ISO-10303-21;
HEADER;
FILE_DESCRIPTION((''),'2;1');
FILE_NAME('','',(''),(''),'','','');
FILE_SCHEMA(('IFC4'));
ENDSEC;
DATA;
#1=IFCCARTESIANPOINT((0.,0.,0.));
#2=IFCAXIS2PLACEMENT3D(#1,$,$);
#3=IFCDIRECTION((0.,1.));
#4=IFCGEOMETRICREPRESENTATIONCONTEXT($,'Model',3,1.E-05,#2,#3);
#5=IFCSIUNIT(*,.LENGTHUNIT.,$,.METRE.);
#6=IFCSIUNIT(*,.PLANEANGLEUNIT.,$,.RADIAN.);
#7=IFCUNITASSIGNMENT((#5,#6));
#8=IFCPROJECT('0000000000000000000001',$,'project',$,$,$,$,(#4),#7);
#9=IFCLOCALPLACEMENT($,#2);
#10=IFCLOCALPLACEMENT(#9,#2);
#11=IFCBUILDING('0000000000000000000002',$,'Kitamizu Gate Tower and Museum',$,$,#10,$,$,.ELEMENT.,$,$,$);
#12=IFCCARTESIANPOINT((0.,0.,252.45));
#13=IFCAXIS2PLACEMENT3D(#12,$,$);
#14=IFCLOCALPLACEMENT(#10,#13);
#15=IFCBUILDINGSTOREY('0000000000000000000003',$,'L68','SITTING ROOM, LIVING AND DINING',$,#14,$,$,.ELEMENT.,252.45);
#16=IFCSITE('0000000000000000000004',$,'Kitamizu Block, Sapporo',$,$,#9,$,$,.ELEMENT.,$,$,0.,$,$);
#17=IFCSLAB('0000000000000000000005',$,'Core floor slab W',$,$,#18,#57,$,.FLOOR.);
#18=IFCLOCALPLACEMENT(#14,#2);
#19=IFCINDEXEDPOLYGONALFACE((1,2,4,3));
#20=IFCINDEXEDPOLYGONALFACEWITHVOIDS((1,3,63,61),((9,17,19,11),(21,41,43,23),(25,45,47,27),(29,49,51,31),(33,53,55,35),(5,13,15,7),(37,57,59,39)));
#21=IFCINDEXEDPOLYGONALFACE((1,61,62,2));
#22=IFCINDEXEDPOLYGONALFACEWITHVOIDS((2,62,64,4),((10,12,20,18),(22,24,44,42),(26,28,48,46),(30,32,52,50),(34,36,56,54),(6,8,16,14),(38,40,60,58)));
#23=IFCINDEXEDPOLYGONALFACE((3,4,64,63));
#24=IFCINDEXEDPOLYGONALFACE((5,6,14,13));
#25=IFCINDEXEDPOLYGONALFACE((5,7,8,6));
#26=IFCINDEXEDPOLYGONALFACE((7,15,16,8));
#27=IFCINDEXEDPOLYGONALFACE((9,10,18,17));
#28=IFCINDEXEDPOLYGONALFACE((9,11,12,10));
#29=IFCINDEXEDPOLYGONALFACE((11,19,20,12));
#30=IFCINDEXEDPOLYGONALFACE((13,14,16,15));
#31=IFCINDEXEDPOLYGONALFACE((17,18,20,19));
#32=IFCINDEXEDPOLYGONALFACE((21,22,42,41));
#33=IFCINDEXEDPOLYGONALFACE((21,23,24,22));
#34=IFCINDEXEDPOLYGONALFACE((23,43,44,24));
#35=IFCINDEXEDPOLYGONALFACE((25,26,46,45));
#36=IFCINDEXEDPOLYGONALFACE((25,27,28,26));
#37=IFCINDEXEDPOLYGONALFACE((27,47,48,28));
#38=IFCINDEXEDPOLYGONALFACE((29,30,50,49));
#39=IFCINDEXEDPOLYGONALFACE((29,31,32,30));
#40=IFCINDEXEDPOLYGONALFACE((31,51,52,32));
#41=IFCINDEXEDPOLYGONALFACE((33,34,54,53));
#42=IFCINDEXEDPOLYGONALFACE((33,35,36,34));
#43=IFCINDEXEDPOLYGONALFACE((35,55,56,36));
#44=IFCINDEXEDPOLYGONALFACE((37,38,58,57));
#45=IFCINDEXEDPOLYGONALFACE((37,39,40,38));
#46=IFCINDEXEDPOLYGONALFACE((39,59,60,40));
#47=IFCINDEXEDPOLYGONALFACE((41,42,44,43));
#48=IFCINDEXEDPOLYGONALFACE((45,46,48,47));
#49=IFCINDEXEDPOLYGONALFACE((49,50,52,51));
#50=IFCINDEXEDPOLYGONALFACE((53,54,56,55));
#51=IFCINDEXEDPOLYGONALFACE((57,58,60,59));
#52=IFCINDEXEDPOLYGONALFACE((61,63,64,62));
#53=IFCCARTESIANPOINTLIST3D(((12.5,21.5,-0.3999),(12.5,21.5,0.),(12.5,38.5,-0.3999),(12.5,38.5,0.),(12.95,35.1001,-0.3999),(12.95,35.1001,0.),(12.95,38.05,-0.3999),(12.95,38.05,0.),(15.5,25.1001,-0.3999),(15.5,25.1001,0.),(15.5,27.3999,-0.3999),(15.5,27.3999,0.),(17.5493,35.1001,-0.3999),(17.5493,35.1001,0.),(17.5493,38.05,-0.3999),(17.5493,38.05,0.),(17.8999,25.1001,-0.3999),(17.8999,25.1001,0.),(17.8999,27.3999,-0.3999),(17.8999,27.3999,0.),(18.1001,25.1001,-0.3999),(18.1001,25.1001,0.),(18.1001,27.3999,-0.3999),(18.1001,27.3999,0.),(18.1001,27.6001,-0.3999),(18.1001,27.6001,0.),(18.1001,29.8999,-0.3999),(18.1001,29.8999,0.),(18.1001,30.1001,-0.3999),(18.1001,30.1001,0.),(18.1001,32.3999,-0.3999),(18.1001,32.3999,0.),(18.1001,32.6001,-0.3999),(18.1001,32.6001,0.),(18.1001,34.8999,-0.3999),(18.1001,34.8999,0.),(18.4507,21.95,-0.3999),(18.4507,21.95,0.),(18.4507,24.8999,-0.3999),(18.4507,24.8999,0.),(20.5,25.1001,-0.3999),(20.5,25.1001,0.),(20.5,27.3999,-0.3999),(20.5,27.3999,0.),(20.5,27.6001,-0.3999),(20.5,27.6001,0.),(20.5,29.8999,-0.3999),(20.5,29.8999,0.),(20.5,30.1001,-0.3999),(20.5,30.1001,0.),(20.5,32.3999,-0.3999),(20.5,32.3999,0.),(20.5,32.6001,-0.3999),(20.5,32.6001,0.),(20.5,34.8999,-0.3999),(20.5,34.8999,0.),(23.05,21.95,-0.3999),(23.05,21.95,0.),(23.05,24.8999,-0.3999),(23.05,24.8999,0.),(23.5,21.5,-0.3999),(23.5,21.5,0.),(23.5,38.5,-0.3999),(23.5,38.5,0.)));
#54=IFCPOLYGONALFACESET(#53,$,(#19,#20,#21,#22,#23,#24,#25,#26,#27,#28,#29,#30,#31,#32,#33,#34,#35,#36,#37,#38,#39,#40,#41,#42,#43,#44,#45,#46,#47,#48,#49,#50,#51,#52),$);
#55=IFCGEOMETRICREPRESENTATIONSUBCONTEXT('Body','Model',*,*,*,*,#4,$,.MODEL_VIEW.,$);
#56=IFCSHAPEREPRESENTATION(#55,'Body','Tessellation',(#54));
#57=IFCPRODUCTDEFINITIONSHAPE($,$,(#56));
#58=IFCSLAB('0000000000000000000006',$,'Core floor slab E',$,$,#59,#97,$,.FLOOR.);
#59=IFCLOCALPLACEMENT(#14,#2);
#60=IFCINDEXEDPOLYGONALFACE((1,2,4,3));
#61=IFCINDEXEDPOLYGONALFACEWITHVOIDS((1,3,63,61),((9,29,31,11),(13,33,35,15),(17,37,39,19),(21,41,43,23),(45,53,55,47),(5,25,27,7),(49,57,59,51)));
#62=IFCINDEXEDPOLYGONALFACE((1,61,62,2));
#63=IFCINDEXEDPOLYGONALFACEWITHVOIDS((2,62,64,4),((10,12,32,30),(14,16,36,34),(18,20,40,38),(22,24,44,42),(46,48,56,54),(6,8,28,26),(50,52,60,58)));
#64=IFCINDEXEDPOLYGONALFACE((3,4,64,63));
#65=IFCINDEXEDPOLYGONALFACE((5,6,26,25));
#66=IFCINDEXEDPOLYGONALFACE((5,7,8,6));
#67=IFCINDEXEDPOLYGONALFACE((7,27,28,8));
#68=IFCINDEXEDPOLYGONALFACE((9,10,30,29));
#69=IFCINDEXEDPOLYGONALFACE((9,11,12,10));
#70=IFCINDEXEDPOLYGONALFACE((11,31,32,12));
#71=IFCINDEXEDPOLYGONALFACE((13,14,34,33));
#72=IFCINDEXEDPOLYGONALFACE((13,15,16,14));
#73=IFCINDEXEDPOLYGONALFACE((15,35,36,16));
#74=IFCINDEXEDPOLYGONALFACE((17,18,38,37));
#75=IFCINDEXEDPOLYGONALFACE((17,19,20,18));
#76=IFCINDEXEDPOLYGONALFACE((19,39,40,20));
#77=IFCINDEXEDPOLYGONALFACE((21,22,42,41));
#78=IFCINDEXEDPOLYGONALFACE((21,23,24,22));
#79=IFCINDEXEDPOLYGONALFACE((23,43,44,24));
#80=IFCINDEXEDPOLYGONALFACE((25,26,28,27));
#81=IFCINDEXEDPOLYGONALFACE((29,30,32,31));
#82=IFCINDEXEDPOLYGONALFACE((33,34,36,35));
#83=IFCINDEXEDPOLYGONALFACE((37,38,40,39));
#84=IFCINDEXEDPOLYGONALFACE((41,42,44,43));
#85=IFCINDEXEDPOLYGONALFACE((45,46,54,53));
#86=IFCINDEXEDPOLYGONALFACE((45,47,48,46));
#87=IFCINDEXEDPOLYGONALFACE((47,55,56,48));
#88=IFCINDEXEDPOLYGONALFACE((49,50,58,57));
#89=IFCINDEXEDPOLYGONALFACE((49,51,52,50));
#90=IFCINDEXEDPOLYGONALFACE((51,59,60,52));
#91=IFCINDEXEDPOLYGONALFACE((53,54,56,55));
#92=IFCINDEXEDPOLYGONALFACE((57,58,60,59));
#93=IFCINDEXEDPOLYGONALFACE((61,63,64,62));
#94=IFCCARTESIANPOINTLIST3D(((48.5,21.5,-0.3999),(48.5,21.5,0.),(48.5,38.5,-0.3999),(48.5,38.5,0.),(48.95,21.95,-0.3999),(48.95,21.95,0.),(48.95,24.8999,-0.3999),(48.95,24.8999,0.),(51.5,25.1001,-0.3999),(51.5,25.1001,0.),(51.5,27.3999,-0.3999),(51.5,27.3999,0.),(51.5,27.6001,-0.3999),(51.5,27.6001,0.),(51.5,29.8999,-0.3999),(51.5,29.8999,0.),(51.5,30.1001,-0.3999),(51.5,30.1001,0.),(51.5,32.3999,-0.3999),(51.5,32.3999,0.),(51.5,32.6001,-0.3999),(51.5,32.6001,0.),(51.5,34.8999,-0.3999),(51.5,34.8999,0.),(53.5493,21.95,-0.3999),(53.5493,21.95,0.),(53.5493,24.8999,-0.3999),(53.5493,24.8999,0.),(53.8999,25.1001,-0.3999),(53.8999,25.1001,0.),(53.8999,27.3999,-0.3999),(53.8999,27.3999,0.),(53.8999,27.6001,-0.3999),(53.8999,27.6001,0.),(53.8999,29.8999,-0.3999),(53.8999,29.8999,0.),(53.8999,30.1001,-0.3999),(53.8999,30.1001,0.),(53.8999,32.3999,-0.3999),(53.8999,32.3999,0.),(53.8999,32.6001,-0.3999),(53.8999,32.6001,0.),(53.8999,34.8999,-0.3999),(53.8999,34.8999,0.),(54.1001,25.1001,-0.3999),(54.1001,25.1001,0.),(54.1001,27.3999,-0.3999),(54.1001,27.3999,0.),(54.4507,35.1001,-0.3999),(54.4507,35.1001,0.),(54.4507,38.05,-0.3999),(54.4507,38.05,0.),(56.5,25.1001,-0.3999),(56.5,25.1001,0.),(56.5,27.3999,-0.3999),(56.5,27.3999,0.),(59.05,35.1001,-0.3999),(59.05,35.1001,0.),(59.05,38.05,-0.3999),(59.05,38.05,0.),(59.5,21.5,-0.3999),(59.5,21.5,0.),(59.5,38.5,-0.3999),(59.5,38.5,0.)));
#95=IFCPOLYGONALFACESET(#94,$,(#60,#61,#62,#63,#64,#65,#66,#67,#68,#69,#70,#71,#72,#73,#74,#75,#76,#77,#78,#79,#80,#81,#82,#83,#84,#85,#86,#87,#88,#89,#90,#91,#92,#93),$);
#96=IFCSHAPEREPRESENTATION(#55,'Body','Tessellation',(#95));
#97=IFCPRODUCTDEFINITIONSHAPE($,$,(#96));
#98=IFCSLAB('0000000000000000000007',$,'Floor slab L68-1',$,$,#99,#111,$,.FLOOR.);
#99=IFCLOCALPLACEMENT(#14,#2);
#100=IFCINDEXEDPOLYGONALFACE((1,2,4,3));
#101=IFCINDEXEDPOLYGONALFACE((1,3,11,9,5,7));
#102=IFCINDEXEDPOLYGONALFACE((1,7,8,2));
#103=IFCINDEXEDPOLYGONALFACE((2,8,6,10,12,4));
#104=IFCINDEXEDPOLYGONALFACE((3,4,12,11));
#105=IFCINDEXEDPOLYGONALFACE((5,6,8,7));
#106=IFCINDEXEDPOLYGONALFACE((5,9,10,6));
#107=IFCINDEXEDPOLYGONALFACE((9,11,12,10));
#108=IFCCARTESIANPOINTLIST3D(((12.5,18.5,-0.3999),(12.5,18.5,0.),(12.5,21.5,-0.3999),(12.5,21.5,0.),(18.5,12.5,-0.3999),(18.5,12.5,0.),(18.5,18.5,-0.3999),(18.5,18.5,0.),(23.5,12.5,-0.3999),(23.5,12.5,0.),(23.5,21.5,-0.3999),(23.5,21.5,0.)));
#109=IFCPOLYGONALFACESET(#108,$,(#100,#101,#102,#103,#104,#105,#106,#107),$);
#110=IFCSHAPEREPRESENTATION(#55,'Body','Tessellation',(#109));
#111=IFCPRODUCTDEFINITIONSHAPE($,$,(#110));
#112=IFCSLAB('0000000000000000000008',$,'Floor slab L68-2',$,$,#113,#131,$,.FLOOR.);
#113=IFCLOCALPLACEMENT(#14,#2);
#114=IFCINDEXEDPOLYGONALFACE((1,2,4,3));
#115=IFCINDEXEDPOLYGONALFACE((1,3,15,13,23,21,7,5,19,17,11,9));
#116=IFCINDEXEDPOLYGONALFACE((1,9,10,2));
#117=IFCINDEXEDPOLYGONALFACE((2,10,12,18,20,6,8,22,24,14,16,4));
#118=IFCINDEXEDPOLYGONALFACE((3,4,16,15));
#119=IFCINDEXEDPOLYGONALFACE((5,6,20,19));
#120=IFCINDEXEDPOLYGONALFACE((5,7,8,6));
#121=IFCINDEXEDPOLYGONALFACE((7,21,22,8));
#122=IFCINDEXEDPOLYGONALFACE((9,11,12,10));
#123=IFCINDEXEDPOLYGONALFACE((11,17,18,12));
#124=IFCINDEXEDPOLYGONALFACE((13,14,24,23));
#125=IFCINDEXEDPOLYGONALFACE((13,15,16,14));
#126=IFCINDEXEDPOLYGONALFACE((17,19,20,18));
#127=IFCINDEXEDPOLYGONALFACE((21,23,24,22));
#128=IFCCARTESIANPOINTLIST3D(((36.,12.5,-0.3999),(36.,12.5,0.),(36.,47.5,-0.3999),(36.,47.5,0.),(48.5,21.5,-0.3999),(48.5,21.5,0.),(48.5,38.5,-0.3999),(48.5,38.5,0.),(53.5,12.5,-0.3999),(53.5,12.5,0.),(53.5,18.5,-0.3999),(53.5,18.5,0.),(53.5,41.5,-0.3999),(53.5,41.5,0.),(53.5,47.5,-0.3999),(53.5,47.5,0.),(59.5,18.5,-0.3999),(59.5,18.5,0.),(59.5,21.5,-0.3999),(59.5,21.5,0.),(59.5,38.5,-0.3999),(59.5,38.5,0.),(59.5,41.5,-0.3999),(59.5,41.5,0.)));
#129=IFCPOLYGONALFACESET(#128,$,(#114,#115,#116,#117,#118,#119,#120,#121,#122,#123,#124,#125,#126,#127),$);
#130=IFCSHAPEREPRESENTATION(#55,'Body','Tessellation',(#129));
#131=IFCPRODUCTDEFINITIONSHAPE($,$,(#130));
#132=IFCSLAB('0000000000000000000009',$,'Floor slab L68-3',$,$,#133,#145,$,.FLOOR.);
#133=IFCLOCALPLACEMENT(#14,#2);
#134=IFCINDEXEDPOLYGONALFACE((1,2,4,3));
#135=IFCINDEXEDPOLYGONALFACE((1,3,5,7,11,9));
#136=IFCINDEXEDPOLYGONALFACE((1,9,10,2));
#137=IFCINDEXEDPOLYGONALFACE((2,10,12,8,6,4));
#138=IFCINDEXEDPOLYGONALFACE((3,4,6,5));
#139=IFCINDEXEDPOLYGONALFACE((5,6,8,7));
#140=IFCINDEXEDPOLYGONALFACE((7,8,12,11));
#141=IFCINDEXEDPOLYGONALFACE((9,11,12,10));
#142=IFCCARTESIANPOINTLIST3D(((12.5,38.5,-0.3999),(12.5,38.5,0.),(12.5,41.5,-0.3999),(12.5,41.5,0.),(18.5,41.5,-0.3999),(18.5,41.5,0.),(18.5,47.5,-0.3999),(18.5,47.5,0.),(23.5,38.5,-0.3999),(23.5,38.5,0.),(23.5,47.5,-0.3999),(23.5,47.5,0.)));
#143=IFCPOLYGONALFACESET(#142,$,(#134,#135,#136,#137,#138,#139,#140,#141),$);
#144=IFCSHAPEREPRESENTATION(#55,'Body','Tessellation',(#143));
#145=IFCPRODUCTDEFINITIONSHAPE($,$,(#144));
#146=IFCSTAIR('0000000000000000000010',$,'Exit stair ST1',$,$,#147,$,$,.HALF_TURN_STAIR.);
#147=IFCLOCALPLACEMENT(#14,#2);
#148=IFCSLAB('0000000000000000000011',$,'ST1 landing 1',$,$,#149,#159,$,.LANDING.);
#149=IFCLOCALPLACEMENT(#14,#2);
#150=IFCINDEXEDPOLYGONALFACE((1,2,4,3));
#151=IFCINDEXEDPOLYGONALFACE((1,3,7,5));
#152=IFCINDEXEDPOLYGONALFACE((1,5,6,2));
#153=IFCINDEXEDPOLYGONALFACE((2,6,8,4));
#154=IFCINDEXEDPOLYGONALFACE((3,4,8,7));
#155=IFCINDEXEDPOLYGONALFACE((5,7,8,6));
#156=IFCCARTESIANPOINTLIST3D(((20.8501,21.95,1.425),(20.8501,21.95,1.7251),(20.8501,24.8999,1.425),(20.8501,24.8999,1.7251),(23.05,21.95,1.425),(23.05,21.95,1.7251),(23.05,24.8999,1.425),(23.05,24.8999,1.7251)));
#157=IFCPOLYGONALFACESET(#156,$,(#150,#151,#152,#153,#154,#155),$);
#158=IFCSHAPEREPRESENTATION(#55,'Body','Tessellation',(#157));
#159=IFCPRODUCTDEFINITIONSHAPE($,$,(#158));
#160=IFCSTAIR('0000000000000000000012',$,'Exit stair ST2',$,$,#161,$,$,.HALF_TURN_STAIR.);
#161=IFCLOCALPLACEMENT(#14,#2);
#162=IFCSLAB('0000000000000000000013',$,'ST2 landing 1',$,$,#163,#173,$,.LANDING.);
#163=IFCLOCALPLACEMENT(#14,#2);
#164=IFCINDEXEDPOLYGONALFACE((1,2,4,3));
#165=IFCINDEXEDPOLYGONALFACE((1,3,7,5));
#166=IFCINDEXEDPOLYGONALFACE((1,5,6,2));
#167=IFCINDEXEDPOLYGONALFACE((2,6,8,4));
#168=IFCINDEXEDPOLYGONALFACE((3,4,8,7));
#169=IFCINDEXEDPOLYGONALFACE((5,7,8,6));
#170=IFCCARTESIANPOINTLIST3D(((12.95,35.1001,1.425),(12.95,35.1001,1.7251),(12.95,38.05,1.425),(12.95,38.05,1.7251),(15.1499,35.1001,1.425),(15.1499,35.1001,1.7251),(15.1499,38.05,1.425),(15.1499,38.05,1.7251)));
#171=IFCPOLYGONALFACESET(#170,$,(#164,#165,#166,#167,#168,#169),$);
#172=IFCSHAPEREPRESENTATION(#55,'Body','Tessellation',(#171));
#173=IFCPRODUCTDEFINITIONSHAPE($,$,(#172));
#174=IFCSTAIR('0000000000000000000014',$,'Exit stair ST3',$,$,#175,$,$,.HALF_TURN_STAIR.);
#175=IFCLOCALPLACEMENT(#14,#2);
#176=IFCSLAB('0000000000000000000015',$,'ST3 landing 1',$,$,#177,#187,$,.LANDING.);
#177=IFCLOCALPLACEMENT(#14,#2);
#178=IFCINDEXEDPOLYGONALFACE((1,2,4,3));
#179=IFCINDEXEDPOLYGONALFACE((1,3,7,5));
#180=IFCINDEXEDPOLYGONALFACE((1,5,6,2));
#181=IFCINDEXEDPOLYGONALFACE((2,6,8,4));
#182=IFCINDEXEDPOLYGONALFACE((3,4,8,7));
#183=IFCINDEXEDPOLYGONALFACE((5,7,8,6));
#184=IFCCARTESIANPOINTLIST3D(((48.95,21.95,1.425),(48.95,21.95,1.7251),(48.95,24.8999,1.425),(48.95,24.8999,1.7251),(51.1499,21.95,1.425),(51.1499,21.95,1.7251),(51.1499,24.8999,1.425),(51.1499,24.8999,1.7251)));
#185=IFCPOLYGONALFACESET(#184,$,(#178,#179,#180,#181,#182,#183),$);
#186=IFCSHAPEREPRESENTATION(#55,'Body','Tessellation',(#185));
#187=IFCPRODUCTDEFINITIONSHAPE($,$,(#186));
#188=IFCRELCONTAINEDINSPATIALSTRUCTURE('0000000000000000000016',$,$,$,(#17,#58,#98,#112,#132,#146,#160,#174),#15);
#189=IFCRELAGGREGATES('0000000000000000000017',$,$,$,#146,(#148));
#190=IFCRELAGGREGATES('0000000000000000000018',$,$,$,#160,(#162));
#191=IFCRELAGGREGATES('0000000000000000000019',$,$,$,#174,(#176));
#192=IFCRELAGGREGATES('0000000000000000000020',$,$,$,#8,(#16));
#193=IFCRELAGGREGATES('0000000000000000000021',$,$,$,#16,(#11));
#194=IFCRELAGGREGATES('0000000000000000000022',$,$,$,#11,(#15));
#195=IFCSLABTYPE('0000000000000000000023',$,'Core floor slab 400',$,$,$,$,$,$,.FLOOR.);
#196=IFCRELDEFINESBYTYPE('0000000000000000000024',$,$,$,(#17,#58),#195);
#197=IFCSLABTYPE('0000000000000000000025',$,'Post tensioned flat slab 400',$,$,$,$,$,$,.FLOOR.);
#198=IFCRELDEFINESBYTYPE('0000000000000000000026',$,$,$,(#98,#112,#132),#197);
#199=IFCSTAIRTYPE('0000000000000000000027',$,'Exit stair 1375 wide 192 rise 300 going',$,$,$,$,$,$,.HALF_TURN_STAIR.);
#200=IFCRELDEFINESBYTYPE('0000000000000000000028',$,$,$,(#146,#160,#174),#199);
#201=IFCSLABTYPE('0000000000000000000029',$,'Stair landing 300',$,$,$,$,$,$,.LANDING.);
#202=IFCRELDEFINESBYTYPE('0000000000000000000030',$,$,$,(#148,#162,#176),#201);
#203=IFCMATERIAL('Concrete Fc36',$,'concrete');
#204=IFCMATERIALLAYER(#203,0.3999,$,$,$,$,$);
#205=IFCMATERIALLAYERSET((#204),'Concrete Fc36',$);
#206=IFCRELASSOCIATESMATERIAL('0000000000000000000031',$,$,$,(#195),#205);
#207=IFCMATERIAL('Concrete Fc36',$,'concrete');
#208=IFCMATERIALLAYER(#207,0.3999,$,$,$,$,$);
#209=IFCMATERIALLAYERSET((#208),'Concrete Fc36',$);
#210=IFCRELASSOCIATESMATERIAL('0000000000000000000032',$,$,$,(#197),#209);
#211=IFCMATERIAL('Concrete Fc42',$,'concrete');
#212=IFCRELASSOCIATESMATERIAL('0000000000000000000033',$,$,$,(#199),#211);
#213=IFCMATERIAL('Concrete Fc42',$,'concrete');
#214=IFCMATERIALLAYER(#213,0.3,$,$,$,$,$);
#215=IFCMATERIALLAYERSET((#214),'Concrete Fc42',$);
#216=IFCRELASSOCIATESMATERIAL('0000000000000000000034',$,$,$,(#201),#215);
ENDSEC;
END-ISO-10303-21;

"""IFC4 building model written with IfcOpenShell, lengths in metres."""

from ifc_helpers import new_model, si_unit, direction, frame, origin, place, context, subcontext, project, spatial, polyline, outline, extrude, material, layer, layer_set, type_object, element, aggregate, save


model = new_model("IFC4")

# Units and contexts
model_context = context("Model", 3, precision=1e-05, world=origin(), true_north=direction((0.0, 1.0)))
body_context = subcontext(model_context, "Body", "Model", "MODEL_VIEW")
ifc_project = project(units=[si_unit("LENGTHUNIT", "METRE"), si_unit("PLANEANGLEUNIT", "RADIAN")], contexts=[model_context])

# Site, building, storey
site_placement = place(None, origin())
site = spatial("IfcSite", under=ifc_project, at=site_placement, Name="Kitamizu Block, Sapporo", CompositionType="ELEMENT", RefElevation=0.0)
building_placement = place(site_placement, origin())
building = spatial("IfcBuilding", under=site, at=building_placement, Name="Kitamizu Gate Tower and Museum", CompositionType="ELEMENT")
storey_placement = place(building_placement, frame((0.0, 0.0, 252.45)))
storey = spatial("IfcBuildingStorey", under=building, at=storey_placement, Name="L68", Description="SITTING ROOM, LIVING AND DINING", CompositionType="ELEMENT", Elevation=252.45)

# Slabs
ifc_material_1 = material(Name="Concrete Fc36", Category="concrete")
ifc_layer_1 = layer(ifc_material_1, 0.3999)
ifc_layer_set_1 = layer_set([ifc_layer_1], Name="Concrete Fc36")
slab_type_1 = type_object("IfcSlabType", Name="Core floor slab 400", PredefinedType="FLOOR", material=ifc_layer_set_1)
slab_1_placement = place(storey_placement, frame((0.0, 0.0, -0.3999)))
element("IfcSlab", 1, at=slab_1_placement, inside=storey, type_object=slab_type_1, Name="Core floor slab W", PredefinedType="FLOOR", context=body_context, shape_type="SweptSolid", body=[
    extrude(outline(polyline([(12.5, 21.5), (23.5, 21.5), (23.5, 38.5), (12.5, 38.5), (12.5, 21.5)]), holes=[polyline([(15.5, 25.1001), (17.8999, 25.1001), (17.8999, 27.3999), (15.5, 27.3999), (15.5, 25.1001)]), polyline([(18.1001, 25.1001), (20.5, 25.1001), (20.5, 27.3999), (18.1001, 27.3999), (18.1001, 25.1001)]), polyline([(18.1001, 27.6001), (20.5, 27.6001), (20.5, 29.8999), (18.1001, 29.8999), (18.1001, 27.6001)]), polyline([(18.1001, 30.1001), (20.5, 30.1001), (20.5, 32.3999), (18.1001, 32.3999), (18.1001, 30.1001)]), polyline([(18.1001, 32.6001), (20.5, 32.6001), (20.5, 34.8999), (18.1001, 34.8999), (18.1001, 32.6001)]), polyline([(18.4507, 21.95), (23.05, 21.95), (23.05, 24.8999), (18.4507, 24.8999), (18.4507, 21.95)]), polyline([(12.95, 35.1001), (17.5493, 35.1001), (17.5493, 38.05), (12.95, 38.05), (12.95, 35.1001)])]), origin(), (0.0, 0.0, 1.0), 0.3999),
])
slab_2_placement = place(storey_placement, frame((0.0, 0.0, -0.3999)))
element("IfcSlab", 2, at=slab_2_placement, inside=storey, type_object=slab_type_1, Name="Core floor slab E", PredefinedType="FLOOR", context=body_context, shape_type="SweptSolid", body=[
    extrude(outline(polyline([(48.5, 21.5), (59.5, 21.5), (59.5, 38.5), (48.5, 38.5), (48.5, 21.5)]), holes=[polyline([(54.1001, 25.1001), (56.5, 25.1001), (56.5, 27.3999), (54.1001, 27.3999), (54.1001, 25.1001)]), polyline([(51.5, 25.1001), (53.8999, 25.1001), (53.8999, 27.3999), (51.5, 27.3999), (51.5, 25.1001)]), polyline([(51.5, 27.6001), (53.8999, 27.6001), (53.8999, 29.8999), (51.5, 29.8999), (51.5, 27.6001)]), polyline([(51.5, 30.1001), (53.8999, 30.1001), (53.8999, 32.3999), (51.5, 32.3999), (51.5, 30.1001)]), polyline([(51.5, 32.6001), (53.8999, 32.6001), (53.8999, 34.8999), (51.5, 34.8999), (51.5, 32.6001)]), polyline([(48.95, 21.95), (53.5493, 21.95), (53.5493, 24.8999), (48.95, 24.8999), (48.95, 21.95)]), polyline([(54.4507, 35.1001), (59.05, 35.1001), (59.05, 38.05), (54.4507, 38.05), (54.4507, 35.1001)])]), origin(), (0.0, 0.0, 1.0), 0.3999),
])
ifc_material_2 = material(Name="Concrete Fc36", Category="concrete")
ifc_layer_2 = layer(ifc_material_2, 0.3999)
ifc_layer_set_2 = layer_set([ifc_layer_2], Name="Concrete Fc36")
slab_type_2 = type_object("IfcSlabType", Name="Post tensioned flat slab 400", PredefinedType="FLOOR", material=ifc_layer_set_2)
slab_3_placement = place(storey_placement, frame((0.0, 0.0, -0.3999)))
element("IfcSlab", 3, at=slab_3_placement, inside=storey, type_object=slab_type_2, Name="Floor slab L68-1", PredefinedType="FLOOR", context=body_context, shape_type="SweptSolid", body=[
    extrude(outline(polyline([(12.5, 21.5), (23.5, 21.5), (23.5, 12.5), (18.5, 12.5), (18.5, 18.5), (12.5, 18.5), (12.5, 21.5)])), origin(), (0.0, 0.0, 1.0), 0.3999),
])
slab_4_placement = place(storey_placement, frame((0.0, 0.0, -0.3999)))
element("IfcSlab", 4, at=slab_4_placement, inside=storey, type_object=slab_type_2, Name="Floor slab L68-2", PredefinedType="FLOOR", context=body_context, shape_type="SweptSolid", body=[
    extrude(outline(polyline([(53.5, 47.5), (53.5, 41.5), (59.5, 41.5), (59.5, 38.5), (48.5, 38.5), (48.5, 21.5), (59.5, 21.5), (59.5, 18.5), (53.5, 18.5), (53.5, 12.5), (36.0, 12.5), (36.0, 47.5), (53.5, 47.5)])), origin(), (0.0, 0.0, 1.0), 0.3999),
])
slab_5_placement = place(storey_placement, frame((0.0, 0.0, -0.3999)))
element("IfcSlab", 5, at=slab_5_placement, inside=storey, type_object=slab_type_2, Name="Floor slab L68-3", PredefinedType="FLOOR", context=body_context, shape_type="SweptSolid", body=[
    extrude(outline(polyline([(12.5, 38.5), (12.5, 41.5), (18.5, 41.5), (18.5, 47.5), (23.5, 47.5), (23.5, 38.5), (12.5, 38.5)])), origin(), (0.0, 0.0, 1.0), 0.3999),
])

# Stairs, slabs
ifc_material_3 = material(Name="Concrete Fc42", Category="concrete")
stair_type = type_object("IfcStairType", Name="Exit stair 1375 wide 192 rise 300 going", PredefinedType="HALF_TURN_STAIR", material=ifc_material_3)
stair_1_placement = place(storey_placement, origin())
stair_1 = element("IfcStair", 6, at=stair_1_placement, inside=storey, type_object=stair_type, Name="Exit stair ST1", PredefinedType="HALF_TURN_STAIR")
ifc_material_4 = material(Name="Concrete Fc42", Category="concrete")
ifc_layer_3 = layer(ifc_material_4, 0.3)
ifc_layer_set_3 = layer_set([ifc_layer_3], Name="Concrete Fc42")
slab_type_3 = type_object("IfcSlabType", Name="Stair landing 300", PredefinedType="LANDING", material=ifc_layer_set_3)
slab_6_placement = place(storey_placement, frame((0.0, 0.0, 1.425)))
slab_6 = element("IfcSlab", 7, at=slab_6_placement, type_object=slab_type_3, Name="ST1 landing 1", PredefinedType="LANDING", context=body_context, shape_type="SweptSolid", body=[
    extrude(outline(polyline([(20.8501, 21.95), (23.05, 21.95), (23.05, 24.8999), (20.8501, 24.8999), (20.8501, 21.95)])), origin(), (0.0, 0.0, 1.0), 0.3),
])
aggregate(stair_1, [slab_6])
stair_2_placement = place(storey_placement, origin())
stair_2 = element("IfcStair", 8, at=stair_2_placement, inside=storey, type_object=stair_type, Name="Exit stair ST2", PredefinedType="HALF_TURN_STAIR")
slab_7_placement = place(storey_placement, frame((0.0, 0.0, 1.425)))
slab_7 = element("IfcSlab", 9, at=slab_7_placement, type_object=slab_type_3, Name="ST2 landing 1", PredefinedType="LANDING", context=body_context, shape_type="SweptSolid", body=[
    extrude(outline(polyline([(12.95, 35.1001), (15.1499, 35.1001), (15.1499, 38.05), (12.95, 38.05), (12.95, 35.1001)])), origin(), (0.0, 0.0, 1.0), 0.3),
])
aggregate(stair_2, [slab_7])
stair_3_placement = place(storey_placement, origin())
stair_3 = element("IfcStair", 10, at=stair_3_placement, inside=storey, type_object=stair_type, Name="Exit stair ST3", PredefinedType="HALF_TURN_STAIR")
slab_8_placement = place(storey_placement, frame((0.0, 0.0, 1.425)))
slab_8 = element("IfcSlab", 11, at=slab_8_placement, type_object=slab_type_3, Name="ST3 landing 1", PredefinedType="LANDING", context=body_context, shape_type="SweptSolid", body=[
    extrude(outline(polyline([(48.95, 21.95), (51.1499, 21.95), (51.1499, 24.8999), (48.95, 24.8999), (48.95, 21.95)])), origin(), (0.0, 0.0, 1.0), 0.3),
])
aggregate(stair_3, [slab_8])

save(model, "model.ifc")
